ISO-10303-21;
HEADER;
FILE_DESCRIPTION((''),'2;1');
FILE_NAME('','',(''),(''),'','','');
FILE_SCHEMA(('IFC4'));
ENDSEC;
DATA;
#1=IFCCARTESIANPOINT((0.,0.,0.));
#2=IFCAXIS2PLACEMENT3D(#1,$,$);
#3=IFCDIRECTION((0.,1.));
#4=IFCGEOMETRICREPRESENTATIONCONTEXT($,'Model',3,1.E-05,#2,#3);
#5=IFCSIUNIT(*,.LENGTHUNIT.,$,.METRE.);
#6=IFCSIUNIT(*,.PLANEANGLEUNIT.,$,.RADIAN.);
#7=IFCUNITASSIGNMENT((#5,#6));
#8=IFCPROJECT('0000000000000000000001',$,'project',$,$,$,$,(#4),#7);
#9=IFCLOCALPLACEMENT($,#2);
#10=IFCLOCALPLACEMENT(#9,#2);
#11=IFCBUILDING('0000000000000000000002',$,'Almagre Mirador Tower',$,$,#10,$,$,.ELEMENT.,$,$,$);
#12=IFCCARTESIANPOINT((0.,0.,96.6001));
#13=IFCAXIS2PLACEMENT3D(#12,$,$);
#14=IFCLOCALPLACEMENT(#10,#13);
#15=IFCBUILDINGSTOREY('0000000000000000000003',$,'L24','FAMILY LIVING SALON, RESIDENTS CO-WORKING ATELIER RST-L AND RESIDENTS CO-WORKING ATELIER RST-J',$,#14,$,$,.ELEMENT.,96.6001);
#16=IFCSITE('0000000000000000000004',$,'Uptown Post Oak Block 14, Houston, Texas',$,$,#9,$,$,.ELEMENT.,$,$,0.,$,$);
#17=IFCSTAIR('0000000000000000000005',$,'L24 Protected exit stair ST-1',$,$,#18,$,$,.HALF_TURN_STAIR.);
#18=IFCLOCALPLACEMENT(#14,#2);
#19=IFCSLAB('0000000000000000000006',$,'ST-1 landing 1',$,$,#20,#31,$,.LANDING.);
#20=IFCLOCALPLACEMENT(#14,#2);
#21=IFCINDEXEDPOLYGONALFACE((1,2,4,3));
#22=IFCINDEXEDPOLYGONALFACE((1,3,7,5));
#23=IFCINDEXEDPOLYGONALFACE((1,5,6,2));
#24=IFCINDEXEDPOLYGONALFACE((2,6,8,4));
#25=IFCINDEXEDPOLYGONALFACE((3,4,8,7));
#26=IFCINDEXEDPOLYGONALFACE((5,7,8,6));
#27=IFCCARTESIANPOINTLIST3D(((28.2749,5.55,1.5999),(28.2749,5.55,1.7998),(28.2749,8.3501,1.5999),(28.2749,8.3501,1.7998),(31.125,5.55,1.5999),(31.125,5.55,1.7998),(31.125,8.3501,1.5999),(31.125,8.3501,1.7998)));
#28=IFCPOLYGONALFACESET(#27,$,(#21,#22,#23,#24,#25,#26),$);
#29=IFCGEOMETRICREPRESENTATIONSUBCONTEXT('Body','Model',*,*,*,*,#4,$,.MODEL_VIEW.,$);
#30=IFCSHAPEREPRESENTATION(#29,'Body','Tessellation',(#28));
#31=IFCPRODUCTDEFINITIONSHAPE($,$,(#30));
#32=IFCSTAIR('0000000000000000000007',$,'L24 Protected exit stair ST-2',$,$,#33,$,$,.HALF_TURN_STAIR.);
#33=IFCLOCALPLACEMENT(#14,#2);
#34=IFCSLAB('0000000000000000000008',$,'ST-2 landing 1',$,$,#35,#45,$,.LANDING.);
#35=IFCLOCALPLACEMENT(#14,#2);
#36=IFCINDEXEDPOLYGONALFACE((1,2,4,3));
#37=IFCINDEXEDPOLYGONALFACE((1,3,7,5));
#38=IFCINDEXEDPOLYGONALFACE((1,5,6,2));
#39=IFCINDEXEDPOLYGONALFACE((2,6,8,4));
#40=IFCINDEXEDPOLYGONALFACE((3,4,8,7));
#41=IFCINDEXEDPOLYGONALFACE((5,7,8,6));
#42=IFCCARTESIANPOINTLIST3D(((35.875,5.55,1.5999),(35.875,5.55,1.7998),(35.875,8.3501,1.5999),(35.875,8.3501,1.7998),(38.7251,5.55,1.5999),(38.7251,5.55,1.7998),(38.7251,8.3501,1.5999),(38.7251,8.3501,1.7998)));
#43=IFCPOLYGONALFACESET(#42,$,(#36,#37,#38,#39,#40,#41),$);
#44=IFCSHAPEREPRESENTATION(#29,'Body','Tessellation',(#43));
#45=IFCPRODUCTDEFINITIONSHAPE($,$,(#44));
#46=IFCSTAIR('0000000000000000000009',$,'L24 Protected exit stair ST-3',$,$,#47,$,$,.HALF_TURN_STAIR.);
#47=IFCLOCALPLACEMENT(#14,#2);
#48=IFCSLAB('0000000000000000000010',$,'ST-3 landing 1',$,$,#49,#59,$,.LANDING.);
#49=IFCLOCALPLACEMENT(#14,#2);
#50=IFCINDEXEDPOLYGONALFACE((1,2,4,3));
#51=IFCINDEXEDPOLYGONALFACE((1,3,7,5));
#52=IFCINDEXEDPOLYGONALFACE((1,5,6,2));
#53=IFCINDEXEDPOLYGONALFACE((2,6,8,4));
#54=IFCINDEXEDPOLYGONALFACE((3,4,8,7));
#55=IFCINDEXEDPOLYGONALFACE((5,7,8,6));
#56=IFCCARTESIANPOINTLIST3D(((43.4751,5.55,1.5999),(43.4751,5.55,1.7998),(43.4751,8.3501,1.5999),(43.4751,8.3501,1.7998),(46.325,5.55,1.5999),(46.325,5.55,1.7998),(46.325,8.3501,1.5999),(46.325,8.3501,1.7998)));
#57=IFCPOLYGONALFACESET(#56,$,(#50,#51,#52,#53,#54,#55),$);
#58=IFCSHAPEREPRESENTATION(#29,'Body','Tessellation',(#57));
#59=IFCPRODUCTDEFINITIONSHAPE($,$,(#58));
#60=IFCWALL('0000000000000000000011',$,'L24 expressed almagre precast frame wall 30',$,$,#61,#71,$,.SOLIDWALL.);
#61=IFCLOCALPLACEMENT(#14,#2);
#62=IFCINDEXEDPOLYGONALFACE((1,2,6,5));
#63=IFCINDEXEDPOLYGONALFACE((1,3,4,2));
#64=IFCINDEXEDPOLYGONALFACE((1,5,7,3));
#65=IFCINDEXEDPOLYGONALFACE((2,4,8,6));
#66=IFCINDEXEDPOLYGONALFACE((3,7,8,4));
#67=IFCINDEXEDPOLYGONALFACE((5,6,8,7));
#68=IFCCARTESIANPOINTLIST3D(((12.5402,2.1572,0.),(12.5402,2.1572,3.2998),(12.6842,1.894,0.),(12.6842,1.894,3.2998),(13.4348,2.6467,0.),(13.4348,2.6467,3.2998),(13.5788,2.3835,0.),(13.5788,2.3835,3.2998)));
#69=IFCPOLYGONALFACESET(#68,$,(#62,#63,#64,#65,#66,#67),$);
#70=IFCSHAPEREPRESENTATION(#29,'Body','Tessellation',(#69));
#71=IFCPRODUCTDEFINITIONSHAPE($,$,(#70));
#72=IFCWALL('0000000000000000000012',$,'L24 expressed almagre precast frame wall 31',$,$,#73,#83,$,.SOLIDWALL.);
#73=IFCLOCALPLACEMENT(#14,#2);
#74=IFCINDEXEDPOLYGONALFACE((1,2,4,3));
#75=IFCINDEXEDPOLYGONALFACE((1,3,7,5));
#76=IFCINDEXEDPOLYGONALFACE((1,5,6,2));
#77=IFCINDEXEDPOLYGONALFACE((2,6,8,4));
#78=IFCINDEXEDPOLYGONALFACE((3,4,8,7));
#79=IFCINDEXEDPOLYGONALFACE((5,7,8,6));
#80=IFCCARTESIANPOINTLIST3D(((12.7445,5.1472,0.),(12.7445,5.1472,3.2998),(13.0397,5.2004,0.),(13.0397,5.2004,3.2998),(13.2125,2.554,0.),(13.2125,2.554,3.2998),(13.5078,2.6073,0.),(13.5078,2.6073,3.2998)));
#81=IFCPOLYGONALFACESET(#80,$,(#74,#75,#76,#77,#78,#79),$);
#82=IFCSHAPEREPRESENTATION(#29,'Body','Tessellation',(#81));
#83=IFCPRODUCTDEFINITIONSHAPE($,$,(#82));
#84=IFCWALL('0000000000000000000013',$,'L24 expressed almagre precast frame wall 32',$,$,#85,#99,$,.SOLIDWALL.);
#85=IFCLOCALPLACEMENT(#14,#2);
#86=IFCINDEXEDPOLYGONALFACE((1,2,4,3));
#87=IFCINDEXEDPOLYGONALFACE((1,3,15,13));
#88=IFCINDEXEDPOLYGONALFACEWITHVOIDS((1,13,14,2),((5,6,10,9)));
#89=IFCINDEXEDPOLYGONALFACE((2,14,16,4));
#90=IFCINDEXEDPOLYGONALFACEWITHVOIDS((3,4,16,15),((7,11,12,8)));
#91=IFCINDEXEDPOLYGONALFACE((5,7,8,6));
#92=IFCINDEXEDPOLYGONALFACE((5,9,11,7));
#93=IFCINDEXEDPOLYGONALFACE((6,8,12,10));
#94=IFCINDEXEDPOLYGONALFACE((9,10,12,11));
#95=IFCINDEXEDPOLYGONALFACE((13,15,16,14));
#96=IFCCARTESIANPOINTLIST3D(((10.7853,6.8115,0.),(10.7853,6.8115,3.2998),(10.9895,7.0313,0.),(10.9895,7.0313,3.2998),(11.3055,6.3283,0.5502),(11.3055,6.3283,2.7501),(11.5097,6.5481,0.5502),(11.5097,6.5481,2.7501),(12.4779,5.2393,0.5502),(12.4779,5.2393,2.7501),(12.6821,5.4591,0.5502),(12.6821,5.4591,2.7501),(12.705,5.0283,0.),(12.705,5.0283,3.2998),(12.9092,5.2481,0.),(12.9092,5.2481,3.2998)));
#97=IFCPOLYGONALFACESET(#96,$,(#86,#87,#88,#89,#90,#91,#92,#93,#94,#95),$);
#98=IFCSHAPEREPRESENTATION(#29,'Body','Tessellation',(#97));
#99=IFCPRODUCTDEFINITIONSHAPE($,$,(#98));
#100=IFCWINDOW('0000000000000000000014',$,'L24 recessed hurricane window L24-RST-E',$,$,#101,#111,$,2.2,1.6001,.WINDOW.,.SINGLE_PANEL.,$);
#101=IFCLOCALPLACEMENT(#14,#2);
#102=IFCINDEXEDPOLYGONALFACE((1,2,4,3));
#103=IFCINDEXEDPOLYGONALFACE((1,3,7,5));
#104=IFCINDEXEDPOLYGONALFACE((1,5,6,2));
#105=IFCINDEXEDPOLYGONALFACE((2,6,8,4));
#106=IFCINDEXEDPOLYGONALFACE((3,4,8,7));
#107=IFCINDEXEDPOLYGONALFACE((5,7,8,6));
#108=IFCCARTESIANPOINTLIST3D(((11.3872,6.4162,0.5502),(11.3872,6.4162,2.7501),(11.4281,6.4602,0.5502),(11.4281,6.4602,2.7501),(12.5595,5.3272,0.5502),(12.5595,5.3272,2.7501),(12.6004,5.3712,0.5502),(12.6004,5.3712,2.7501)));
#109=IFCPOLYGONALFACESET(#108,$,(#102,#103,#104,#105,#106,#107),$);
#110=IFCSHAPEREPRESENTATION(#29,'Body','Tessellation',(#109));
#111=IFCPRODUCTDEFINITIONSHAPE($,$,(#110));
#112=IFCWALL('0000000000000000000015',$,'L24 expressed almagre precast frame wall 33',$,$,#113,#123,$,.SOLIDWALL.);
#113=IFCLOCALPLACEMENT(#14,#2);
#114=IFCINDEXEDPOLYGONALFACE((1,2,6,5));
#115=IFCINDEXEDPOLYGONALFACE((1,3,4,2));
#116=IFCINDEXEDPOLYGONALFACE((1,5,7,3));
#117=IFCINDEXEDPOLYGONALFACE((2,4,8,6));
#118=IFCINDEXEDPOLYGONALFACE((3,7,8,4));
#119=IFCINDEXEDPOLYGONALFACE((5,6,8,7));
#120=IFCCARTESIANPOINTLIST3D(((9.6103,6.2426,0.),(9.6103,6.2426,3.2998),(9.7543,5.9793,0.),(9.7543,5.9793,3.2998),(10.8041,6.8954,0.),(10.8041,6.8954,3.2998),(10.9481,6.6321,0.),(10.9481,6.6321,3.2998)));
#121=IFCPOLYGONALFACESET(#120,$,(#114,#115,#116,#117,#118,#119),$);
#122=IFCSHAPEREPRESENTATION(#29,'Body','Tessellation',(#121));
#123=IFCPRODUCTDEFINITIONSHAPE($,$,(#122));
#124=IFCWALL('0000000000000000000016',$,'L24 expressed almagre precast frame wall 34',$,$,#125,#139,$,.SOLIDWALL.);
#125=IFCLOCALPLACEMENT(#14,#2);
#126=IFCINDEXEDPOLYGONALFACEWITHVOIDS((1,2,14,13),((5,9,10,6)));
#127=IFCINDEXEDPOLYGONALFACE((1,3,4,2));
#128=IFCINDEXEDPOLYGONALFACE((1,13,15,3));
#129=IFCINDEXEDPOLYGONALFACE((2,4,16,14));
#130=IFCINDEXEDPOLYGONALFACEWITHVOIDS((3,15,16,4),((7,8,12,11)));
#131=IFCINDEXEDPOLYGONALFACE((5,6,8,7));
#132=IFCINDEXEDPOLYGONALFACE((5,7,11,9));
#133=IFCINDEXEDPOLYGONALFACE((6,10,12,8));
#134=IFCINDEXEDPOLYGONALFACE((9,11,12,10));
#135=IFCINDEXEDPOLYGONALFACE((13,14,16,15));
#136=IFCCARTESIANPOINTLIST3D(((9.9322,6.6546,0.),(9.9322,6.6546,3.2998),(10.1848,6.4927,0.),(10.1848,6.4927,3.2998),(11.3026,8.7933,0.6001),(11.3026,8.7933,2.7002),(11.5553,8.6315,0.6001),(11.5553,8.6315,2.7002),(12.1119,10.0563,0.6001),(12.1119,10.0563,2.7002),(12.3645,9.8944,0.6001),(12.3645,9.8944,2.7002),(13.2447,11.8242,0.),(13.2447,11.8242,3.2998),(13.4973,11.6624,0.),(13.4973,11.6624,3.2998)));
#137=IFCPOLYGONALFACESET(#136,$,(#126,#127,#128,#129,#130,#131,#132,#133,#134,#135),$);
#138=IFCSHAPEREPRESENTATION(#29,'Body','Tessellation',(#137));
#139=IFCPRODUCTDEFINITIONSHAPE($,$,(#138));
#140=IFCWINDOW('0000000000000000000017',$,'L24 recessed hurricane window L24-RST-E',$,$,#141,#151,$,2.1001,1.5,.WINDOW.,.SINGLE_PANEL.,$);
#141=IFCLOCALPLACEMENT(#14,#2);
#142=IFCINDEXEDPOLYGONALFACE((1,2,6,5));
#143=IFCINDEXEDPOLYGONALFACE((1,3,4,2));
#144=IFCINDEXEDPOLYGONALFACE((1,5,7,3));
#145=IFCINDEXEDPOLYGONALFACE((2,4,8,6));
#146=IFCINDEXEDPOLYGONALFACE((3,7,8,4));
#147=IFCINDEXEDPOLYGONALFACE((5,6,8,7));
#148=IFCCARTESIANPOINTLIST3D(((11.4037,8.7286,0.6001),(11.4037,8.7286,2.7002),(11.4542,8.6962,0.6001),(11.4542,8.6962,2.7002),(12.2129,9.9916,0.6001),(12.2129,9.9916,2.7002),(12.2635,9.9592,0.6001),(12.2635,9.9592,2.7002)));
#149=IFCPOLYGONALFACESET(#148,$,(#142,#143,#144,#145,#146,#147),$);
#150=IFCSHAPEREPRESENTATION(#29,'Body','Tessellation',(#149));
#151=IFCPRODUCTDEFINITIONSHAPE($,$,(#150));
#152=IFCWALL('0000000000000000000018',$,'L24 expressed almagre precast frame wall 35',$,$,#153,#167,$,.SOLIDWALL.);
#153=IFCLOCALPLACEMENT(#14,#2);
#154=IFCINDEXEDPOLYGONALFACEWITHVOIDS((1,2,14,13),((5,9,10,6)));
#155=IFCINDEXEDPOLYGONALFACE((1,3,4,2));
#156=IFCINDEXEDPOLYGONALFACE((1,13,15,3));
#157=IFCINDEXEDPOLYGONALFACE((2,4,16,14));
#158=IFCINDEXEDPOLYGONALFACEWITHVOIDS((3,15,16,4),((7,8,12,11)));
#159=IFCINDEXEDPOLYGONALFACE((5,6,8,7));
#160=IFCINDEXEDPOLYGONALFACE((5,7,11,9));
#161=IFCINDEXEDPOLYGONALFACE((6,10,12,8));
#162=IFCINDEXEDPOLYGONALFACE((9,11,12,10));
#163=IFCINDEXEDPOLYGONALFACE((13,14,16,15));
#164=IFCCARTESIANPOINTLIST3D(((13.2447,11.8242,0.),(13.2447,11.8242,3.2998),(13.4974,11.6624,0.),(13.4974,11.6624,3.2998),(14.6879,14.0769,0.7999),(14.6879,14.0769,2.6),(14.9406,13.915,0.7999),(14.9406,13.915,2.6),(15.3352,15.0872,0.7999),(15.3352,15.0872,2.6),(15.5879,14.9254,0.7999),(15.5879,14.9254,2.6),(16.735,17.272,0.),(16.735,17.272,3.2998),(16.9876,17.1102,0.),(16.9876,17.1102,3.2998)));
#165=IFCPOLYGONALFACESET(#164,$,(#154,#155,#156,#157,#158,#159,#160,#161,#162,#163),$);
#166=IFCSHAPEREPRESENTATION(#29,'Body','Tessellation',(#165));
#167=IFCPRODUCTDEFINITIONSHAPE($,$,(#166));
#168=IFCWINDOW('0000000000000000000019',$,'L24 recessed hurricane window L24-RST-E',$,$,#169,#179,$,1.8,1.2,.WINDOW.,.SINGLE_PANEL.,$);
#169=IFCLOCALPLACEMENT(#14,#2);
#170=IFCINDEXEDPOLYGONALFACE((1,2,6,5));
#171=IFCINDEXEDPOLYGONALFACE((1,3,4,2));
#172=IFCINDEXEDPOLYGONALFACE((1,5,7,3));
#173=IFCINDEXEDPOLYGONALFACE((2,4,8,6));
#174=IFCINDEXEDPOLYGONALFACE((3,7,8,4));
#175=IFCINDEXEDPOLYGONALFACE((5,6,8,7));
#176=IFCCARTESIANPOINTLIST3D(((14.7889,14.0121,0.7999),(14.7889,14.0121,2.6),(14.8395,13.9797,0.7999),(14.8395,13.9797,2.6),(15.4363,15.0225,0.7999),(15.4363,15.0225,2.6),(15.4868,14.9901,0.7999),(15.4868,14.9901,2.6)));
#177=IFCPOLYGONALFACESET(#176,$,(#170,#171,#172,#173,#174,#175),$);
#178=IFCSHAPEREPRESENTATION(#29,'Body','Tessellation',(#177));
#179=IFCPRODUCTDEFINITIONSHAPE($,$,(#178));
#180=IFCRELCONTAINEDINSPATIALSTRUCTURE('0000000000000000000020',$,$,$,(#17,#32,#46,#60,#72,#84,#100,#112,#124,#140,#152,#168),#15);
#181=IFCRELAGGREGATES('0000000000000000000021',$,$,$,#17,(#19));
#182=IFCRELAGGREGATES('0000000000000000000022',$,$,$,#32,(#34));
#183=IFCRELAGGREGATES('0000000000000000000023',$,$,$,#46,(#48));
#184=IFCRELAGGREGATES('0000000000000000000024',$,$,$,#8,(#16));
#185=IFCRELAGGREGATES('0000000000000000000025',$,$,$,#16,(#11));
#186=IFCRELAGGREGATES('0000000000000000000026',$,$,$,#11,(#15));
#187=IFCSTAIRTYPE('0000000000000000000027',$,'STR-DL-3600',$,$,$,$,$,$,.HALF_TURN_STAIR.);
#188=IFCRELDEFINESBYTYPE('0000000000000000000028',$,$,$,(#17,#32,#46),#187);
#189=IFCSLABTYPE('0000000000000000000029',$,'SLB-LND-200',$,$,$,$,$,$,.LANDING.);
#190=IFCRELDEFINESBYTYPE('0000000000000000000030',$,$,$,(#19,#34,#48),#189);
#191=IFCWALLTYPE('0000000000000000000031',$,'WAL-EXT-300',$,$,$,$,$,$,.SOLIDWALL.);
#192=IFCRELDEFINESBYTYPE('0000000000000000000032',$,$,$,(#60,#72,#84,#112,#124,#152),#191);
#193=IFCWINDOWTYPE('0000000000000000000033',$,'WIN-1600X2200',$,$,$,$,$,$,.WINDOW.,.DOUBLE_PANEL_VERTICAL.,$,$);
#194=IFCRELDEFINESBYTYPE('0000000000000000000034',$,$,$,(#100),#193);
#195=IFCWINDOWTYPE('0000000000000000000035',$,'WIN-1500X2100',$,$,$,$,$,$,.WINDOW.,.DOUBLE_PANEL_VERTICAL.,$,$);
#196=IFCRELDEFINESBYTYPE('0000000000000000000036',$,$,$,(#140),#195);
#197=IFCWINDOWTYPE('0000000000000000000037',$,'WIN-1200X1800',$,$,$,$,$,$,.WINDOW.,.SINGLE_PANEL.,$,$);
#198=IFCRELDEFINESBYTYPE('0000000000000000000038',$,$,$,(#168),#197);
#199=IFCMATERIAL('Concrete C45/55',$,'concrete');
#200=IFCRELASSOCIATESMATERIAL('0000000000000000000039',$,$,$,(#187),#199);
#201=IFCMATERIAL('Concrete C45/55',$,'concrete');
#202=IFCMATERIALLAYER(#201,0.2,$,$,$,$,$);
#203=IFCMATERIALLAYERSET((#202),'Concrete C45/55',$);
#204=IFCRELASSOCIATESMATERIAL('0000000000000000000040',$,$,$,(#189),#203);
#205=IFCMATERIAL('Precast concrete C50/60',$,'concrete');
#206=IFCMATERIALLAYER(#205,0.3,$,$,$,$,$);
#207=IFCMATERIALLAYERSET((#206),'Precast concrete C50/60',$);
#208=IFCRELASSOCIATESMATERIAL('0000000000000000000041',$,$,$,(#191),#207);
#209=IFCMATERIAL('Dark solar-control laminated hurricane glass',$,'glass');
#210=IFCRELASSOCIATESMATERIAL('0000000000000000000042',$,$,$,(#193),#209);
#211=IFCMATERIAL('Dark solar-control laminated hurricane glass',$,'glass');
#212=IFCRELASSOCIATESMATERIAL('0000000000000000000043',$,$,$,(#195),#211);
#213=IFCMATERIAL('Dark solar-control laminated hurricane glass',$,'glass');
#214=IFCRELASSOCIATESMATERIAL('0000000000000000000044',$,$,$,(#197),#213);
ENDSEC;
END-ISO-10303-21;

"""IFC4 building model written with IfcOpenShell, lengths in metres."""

from ifc_helpers import new_model, si_unit, direction, frame, frame_2d, origin, place, context, subcontext, project, spatial, polyline, rectangle, outline, extrude, material, layer, layer_set, type_object, element, fill, aggregate, save


model = new_model("IFC4")

# Units and contexts
model_context = context("Model", 3, precision=1e-05, world=origin(), true_north=direction((0.0, 1.0)))
body_context = subcontext(model_context, "Body", "Model", "MODEL_VIEW")
ifc_project = project(units=[si_unit("LENGTHUNIT", "METRE"), si_unit("PLANEANGLEUNIT", "RADIAN")], contexts=[model_context])

# Site, building, storey
site_placement = place(None, origin())
site = spatial("IfcSite", under=ifc_project, at=site_placement, Name="Uptown Post Oak Block 14, Houston, Texas", CompositionType="ELEMENT", RefElevation=0.0)
building_placement = place(site_placement, origin())
building = spatial("IfcBuilding", under=site, at=building_placement, Name="Almagre Mirador Tower", CompositionType="ELEMENT")
storey_placement = place(building_placement, frame((0.0, 0.0, 96.6001)))
storey = spatial("IfcBuildingStorey", under=building, at=storey_placement, Name="L24", Description="FAMILY LIVING SALON, RESIDENTS CO-WORKING ATELIER RST-L AND RESIDENTS CO-WORKING ATELIER RST-J", CompositionType="ELEMENT", Elevation=96.6001)

# Stairs, slabs
ifc_material_1 = material(Name="Concrete C45/55", Category="concrete")
stair_type = type_object("IfcStairType", Name="STR-DL-3600", PredefinedType="HALF_TURN_STAIR", material=ifc_material_1)
stair_1_placement = place(storey_placement, origin())
stair_1 = element("IfcStair", 1, at=stair_1_placement, inside=storey, type_object=stair_type, Name="L24 Protected exit stair ST-1", PredefinedType="HALF_TURN_STAIR")
ifc_material_2 = material(Name="Concrete C45/55", Category="concrete")
ifc_layer_1 = layer(ifc_material_2, 0.2)
ifc_layer_set_1 = layer_set([ifc_layer_1], Name="Concrete C45/55")
slab_type_1 = type_object("IfcSlabType", Name="SLB-LND-200", PredefinedType="LANDING", material=ifc_layer_set_1)
slab_1_placement = place(storey_placement, frame((0.0, 0.0, 1.5999)))
slab_1 = element("IfcSlab", 2, at=slab_1_placement, type_object=slab_type_1, Name="ST-1 landing 1", PredefinedType="LANDING", context=body_context, shape_type="SweptSolid", body=[
    extrude(outline(polyline([(28.2749, 8.3501), (28.2749, 5.55), (31.125, 5.55), (31.125, 8.3501), (28.2749, 8.3501)])), origin(), (0.0, 0.0, 1.0), 0.2),
])
aggregate(stair_1, [slab_1])
stair_2_placement = place(storey_placement, origin())
stair_2 = element("IfcStair", 3, at=stair_2_placement, inside=storey, type_object=stair_type, Name="L24 Protected exit stair ST-2", PredefinedType="HALF_TURN_STAIR")
slab_2_placement = place(storey_placement, frame((0.0, 0.0, 1.5999)))
slab_2 = element("IfcSlab", 4, at=slab_2_placement, type_object=slab_type_1, Name="ST-2 landing 1", PredefinedType="LANDING", context=body_context, shape_type="SweptSolid", body=[
    extrude(outline(polyline([(35.875, 8.3501), (35.875, 5.55), (38.7251, 5.55), (38.7251, 8.3501), (35.875, 8.3501)])), origin(), (0.0, 0.0, 1.0), 0.2),
])
aggregate(stair_2, [slab_2])
stair_3_placement = place(storey_placement, origin())
stair_3 = element("IfcStair", 5, at=stair_3_placement, inside=storey, type_object=stair_type, Name="L24 Protected exit stair ST-3", PredefinedType="HALF_TURN_STAIR")
slab_3_placement = place(storey_placement, frame((0.0, 0.0, 1.5999)))
slab_3 = element("IfcSlab", 6, at=slab_3_placement, type_object=slab_type_1, Name="ST-3 landing 1", PredefinedType="LANDING", context=body_context, shape_type="SweptSolid", body=[
    extrude(outline(polyline([(43.4751, 8.3501), (43.4751, 5.55), (46.325, 5.55), (46.325, 8.3501), (43.4751, 8.3501)])), origin(), (0.0, 0.0, 1.0), 0.2),
])
aggregate(stair_3, [slab_3])

# Walls
ifc_material_3 = material(Name="Precast concrete C50/60", Category="concrete")
ifc_layer_2 = layer(ifc_material_3, 0.3)
ifc_layer_set_2 = layer_set([ifc_layer_2], Name="Precast concrete C50/60")
wall_type_1 = type_object("IfcWallType", Name="WAL-EXT-300", PredefinedType="SOLIDWALL", material=ifc_layer_set_2)
wall_1_placement = place(storey_placement, frame((12.6123, 2.0256, 0.0), z_axis=(0.0, 0.0, 1.0), x_axis=(0.877245, 0.480043, 0.0)))
element("IfcWall", 7, at=wall_1_placement, inside=storey, type_object=wall_type_1, Name="L24 expressed almagre precast frame wall 30", PredefinedType="SOLIDWALL", context=body_context, shape_type="SweptSolid", body=[
    extrude(rectangle(XDim=1.0198, YDim=0.3, at=frame_2d((0.5098, 0.0))), origin(), (0.0, 0.0, 1.0), 3.2998),
])
wall_2_placement = place(storey_placement, frame((13.3601, 2.5808, 0.0), z_axis=(0.0, 0.0, 1.0), x_axis=(-0.177621, 0.984099, 0.0)))
element("IfcWall", 8, at=wall_2_placement, inside=storey, type_object=wall_type_1, Name="L24 expressed almagre precast frame wall 31", PredefinedType="SOLIDWALL", context=body_context, shape_type="SweptSolid", body=[
    extrude(rectangle(XDim=2.635, YDim=0.3, at=frame_2d((1.3174, 0.0))), origin(), (0.0, 0.0, 1.0), 3.2998),
])

# Wall, opening, window
wall_3_placement = place(storey_placement, frame((12.8071, 5.1382, 0.0), z_axis=(0.0, 0.0, 1.0), x_axis=(-0.732671, 0.680583, 0.0)))
wall_3 = element("IfcWall", 9, at=wall_3_placement, inside=storey, type_object=wall_type_1, Name="L24 expressed almagre precast frame wall 32", PredefinedType="SOLIDWALL", context=body_context, shape_type="SweptSolid", body=[
    extrude(rectangle(XDim=2.6201, YDim=0.3, at=frame_2d((1.3101, 0.0))), origin(), (0.0, 0.0, 1.0), 3.2998),
])
opening_1_placement = place(wall_3_placement, frame((0.3101, 0.0, 0.55)))
opening_1 = element("IfcOpeningElement", 10, at=opening_1_placement, cuts=wall_3, PredefinedType="OPENING", context=body_context, shape_type="SweptSolid", body=[
    extrude(rectangle(XDim=1.6001, YDim=2.2, at=frame_2d((0.8, 1.1001))), frame((0.0, 0.1599, 0.0), z_axis=(0.0, -1.0, 0.0), x_axis=(1.0, 0.0, 0.0)), (0.0, 0.0, 1.0), 0.32),
])
ifc_material_4 = material(Name="Dark solar-control laminated hurricane glass", Category="glass")
window_type_1 = type_object("IfcWindowType", Name="WIN-1600X2200", PartitioningType="DOUBLE_PANEL_VERTICAL", PredefinedType="WINDOW", material=ifc_material_4)
window_1_placement = place(opening_1_placement, origin())
window_1 = element("IfcWindow", 11, at=window_1_placement, inside=storey, type_object=window_type_1, Name="L24 recessed hurricane window L24-RST-E", OverallHeight=2.2, OverallWidth=1.6001, PartitioningType="SINGLE_PANEL", PredefinedType="WINDOW", context=body_context, shape_type="SweptSolid", body=[
    extrude(rectangle(XDim=1.6001, YDim=2.2, at=frame_2d((0.8, 1.1001))), frame((0.0, 0.03, 0.0), z_axis=(0.0, -1.0, 0.0), x_axis=(1.0, 0.0, 0.0)), (0.0, 0.0, 1.0), 0.0601),
])
fill(opening_1, window_1)

# Wall
wall_4_placement = place(storey_placement, frame((10.876, 6.7637, 0.0), z_axis=(0.0, 0.0, 1.0), x_axis=(-0.877388, -0.479782, 0.0)))
element("IfcWall", 12, at=wall_4_placement, inside=storey, type_object=wall_type_1, Name="L24 expressed almagre precast frame wall 33", PredefinedType="SOLIDWALL", context=body_context, shape_type="SweptSolid", body=[
    extrude(rectangle(XDim=1.3606, YDim=0.3, at=frame_2d((0.6802, 0.0))), origin(), (0.0, 0.0, 1.0), 3.2998),
])

# Walls, openings, windows
wall_5_placement = place(storey_placement, frame((10.0586, 6.5737, 0.0), z_axis=(0.0, 0.0, 1.0), x_axis=(0.539505, 0.841982, 0.0)))
wall_5 = element("IfcWall", 13, at=wall_5_placement, inside=storey, type_object=wall_type_1, Name="L24 expressed almagre precast frame wall 34", PredefinedType="SOLIDWALL", context=body_context, shape_type="SweptSolid", body=[
    extrude(rectangle(XDim=6.1399, YDim=0.3, at=frame_2d((3.0698, 0.0))), origin(), (0.0, 0.0, 1.0), 3.2998),
])
opening_2_placement = place(wall_5_placement, frame((2.54, 0.0, 0.6001)))
opening_2 = element("IfcOpeningElement", 14, at=opening_2_placement, cuts=wall_5, PredefinedType="OPENING", context=body_context, shape_type="SweptSolid", body=[
    extrude(rectangle(XDim=1.5, YDim=2.1001, at=frame_2d((0.75, 1.05))), frame((0.0, 0.1599, 0.0), z_axis=(0.0, -1.0, 0.0), x_axis=(1.0, 0.0, 0.0)), (0.0, 0.0, 1.0), 0.32),
])
ifc_material_5 = material(Name="Dark solar-control laminated hurricane glass", Category="glass")
window_type_2 = type_object("IfcWindowType", Name="WIN-1500X2100", PartitioningType="DOUBLE_PANEL_VERTICAL", PredefinedType="WINDOW", material=ifc_material_5)
window_2_placement = place(opening_2_placement, origin())
window_2 = element("IfcWindow", 15, at=window_2_placement, inside=storey, type_object=window_type_2, Name="L24 recessed hurricane window L24-RST-E", OverallHeight=2.1001, OverallWidth=1.5, PartitioningType="SINGLE_PANEL", PredefinedType="WINDOW", context=body_context, shape_type="SweptSolid", body=[
    extrude(rectangle(XDim=1.5, YDim=2.1001, at=frame_2d((0.75, 1.05))), frame((0.0, 0.03, 0.0), z_axis=(0.0, -1.0, 0.0), x_axis=(1.0, 0.0, 0.0)), (0.0, 0.0, 1.0), 0.0601),
])
fill(opening_2, window_2)
wall_6_placement = place(storey_placement, frame((13.3711, 11.7434, 0.0), z_axis=(0.0, 0.0, 1.0), x_axis=(0.539456, 0.842014, 0.0)))
wall_6 = element("IfcWall", 16, at=wall_6_placement, inside=storey, type_object=wall_type_1, Name="L24 expressed almagre precast frame wall 35", PredefinedType="SOLIDWALL", context=body_context, shape_type="SweptSolid", body=[
    extrude(rectangle(XDim=6.47, YDim=0.3, at=frame_2d((3.2349, 0.0))), origin(), (0.0, 0.0, 1.0), 3.2998),
])
opening_3_placement = place(wall_6_placement, frame((2.675, 0.0, 0.8)))
opening_3 = element("IfcOpeningElement", 17, at=opening_3_placement, cuts=wall_6, PredefinedType="OPENING", context=body_context, shape_type="SweptSolid", body=[
    extrude(rectangle(XDim=1.2, YDim=1.8, at=frame_2d((0.6001, 0.8999))), frame((0.0, 0.1599, 0.0), z_axis=(0.0, -1.0, 0.0), x_axis=(1.0, 0.0, 0.0)), (0.0, 0.0, 1.0), 0.32),
])
ifc_material_6 = material(Name="Dark solar-control laminated hurricane glass", Category="glass")
window_type_3 = type_object("IfcWindowType", Name="WIN-1200X1800", PartitioningType="SINGLE_PANEL", PredefinedType="WINDOW", material=ifc_material_6)
window_3_placement = place(opening_3_placement, origin())
window_3 = element("IfcWindow", 18, at=window_3_placement, inside=storey, type_object=window_type_3, Name="L24 recessed hurricane window L24-RST-E", OverallHeight=1.8, OverallWidth=1.2, PartitioningType="SINGLE_PANEL", PredefinedType="WINDOW", context=body_context, shape_type="SweptSolid", body=[
    extrude(rectangle(XDim=1.2, YDim=1.8, at=frame_2d((0.6001, 0.8999))), frame((0.0, 0.03, 0.0), z_axis=(0.0, -1.0, 0.0), x_axis=(1.0, 0.0, 0.0)), (0.0, 0.0, 1.0), 0.0601),
])
fill(opening_3, window_3)

save(model, "model.ifc")
